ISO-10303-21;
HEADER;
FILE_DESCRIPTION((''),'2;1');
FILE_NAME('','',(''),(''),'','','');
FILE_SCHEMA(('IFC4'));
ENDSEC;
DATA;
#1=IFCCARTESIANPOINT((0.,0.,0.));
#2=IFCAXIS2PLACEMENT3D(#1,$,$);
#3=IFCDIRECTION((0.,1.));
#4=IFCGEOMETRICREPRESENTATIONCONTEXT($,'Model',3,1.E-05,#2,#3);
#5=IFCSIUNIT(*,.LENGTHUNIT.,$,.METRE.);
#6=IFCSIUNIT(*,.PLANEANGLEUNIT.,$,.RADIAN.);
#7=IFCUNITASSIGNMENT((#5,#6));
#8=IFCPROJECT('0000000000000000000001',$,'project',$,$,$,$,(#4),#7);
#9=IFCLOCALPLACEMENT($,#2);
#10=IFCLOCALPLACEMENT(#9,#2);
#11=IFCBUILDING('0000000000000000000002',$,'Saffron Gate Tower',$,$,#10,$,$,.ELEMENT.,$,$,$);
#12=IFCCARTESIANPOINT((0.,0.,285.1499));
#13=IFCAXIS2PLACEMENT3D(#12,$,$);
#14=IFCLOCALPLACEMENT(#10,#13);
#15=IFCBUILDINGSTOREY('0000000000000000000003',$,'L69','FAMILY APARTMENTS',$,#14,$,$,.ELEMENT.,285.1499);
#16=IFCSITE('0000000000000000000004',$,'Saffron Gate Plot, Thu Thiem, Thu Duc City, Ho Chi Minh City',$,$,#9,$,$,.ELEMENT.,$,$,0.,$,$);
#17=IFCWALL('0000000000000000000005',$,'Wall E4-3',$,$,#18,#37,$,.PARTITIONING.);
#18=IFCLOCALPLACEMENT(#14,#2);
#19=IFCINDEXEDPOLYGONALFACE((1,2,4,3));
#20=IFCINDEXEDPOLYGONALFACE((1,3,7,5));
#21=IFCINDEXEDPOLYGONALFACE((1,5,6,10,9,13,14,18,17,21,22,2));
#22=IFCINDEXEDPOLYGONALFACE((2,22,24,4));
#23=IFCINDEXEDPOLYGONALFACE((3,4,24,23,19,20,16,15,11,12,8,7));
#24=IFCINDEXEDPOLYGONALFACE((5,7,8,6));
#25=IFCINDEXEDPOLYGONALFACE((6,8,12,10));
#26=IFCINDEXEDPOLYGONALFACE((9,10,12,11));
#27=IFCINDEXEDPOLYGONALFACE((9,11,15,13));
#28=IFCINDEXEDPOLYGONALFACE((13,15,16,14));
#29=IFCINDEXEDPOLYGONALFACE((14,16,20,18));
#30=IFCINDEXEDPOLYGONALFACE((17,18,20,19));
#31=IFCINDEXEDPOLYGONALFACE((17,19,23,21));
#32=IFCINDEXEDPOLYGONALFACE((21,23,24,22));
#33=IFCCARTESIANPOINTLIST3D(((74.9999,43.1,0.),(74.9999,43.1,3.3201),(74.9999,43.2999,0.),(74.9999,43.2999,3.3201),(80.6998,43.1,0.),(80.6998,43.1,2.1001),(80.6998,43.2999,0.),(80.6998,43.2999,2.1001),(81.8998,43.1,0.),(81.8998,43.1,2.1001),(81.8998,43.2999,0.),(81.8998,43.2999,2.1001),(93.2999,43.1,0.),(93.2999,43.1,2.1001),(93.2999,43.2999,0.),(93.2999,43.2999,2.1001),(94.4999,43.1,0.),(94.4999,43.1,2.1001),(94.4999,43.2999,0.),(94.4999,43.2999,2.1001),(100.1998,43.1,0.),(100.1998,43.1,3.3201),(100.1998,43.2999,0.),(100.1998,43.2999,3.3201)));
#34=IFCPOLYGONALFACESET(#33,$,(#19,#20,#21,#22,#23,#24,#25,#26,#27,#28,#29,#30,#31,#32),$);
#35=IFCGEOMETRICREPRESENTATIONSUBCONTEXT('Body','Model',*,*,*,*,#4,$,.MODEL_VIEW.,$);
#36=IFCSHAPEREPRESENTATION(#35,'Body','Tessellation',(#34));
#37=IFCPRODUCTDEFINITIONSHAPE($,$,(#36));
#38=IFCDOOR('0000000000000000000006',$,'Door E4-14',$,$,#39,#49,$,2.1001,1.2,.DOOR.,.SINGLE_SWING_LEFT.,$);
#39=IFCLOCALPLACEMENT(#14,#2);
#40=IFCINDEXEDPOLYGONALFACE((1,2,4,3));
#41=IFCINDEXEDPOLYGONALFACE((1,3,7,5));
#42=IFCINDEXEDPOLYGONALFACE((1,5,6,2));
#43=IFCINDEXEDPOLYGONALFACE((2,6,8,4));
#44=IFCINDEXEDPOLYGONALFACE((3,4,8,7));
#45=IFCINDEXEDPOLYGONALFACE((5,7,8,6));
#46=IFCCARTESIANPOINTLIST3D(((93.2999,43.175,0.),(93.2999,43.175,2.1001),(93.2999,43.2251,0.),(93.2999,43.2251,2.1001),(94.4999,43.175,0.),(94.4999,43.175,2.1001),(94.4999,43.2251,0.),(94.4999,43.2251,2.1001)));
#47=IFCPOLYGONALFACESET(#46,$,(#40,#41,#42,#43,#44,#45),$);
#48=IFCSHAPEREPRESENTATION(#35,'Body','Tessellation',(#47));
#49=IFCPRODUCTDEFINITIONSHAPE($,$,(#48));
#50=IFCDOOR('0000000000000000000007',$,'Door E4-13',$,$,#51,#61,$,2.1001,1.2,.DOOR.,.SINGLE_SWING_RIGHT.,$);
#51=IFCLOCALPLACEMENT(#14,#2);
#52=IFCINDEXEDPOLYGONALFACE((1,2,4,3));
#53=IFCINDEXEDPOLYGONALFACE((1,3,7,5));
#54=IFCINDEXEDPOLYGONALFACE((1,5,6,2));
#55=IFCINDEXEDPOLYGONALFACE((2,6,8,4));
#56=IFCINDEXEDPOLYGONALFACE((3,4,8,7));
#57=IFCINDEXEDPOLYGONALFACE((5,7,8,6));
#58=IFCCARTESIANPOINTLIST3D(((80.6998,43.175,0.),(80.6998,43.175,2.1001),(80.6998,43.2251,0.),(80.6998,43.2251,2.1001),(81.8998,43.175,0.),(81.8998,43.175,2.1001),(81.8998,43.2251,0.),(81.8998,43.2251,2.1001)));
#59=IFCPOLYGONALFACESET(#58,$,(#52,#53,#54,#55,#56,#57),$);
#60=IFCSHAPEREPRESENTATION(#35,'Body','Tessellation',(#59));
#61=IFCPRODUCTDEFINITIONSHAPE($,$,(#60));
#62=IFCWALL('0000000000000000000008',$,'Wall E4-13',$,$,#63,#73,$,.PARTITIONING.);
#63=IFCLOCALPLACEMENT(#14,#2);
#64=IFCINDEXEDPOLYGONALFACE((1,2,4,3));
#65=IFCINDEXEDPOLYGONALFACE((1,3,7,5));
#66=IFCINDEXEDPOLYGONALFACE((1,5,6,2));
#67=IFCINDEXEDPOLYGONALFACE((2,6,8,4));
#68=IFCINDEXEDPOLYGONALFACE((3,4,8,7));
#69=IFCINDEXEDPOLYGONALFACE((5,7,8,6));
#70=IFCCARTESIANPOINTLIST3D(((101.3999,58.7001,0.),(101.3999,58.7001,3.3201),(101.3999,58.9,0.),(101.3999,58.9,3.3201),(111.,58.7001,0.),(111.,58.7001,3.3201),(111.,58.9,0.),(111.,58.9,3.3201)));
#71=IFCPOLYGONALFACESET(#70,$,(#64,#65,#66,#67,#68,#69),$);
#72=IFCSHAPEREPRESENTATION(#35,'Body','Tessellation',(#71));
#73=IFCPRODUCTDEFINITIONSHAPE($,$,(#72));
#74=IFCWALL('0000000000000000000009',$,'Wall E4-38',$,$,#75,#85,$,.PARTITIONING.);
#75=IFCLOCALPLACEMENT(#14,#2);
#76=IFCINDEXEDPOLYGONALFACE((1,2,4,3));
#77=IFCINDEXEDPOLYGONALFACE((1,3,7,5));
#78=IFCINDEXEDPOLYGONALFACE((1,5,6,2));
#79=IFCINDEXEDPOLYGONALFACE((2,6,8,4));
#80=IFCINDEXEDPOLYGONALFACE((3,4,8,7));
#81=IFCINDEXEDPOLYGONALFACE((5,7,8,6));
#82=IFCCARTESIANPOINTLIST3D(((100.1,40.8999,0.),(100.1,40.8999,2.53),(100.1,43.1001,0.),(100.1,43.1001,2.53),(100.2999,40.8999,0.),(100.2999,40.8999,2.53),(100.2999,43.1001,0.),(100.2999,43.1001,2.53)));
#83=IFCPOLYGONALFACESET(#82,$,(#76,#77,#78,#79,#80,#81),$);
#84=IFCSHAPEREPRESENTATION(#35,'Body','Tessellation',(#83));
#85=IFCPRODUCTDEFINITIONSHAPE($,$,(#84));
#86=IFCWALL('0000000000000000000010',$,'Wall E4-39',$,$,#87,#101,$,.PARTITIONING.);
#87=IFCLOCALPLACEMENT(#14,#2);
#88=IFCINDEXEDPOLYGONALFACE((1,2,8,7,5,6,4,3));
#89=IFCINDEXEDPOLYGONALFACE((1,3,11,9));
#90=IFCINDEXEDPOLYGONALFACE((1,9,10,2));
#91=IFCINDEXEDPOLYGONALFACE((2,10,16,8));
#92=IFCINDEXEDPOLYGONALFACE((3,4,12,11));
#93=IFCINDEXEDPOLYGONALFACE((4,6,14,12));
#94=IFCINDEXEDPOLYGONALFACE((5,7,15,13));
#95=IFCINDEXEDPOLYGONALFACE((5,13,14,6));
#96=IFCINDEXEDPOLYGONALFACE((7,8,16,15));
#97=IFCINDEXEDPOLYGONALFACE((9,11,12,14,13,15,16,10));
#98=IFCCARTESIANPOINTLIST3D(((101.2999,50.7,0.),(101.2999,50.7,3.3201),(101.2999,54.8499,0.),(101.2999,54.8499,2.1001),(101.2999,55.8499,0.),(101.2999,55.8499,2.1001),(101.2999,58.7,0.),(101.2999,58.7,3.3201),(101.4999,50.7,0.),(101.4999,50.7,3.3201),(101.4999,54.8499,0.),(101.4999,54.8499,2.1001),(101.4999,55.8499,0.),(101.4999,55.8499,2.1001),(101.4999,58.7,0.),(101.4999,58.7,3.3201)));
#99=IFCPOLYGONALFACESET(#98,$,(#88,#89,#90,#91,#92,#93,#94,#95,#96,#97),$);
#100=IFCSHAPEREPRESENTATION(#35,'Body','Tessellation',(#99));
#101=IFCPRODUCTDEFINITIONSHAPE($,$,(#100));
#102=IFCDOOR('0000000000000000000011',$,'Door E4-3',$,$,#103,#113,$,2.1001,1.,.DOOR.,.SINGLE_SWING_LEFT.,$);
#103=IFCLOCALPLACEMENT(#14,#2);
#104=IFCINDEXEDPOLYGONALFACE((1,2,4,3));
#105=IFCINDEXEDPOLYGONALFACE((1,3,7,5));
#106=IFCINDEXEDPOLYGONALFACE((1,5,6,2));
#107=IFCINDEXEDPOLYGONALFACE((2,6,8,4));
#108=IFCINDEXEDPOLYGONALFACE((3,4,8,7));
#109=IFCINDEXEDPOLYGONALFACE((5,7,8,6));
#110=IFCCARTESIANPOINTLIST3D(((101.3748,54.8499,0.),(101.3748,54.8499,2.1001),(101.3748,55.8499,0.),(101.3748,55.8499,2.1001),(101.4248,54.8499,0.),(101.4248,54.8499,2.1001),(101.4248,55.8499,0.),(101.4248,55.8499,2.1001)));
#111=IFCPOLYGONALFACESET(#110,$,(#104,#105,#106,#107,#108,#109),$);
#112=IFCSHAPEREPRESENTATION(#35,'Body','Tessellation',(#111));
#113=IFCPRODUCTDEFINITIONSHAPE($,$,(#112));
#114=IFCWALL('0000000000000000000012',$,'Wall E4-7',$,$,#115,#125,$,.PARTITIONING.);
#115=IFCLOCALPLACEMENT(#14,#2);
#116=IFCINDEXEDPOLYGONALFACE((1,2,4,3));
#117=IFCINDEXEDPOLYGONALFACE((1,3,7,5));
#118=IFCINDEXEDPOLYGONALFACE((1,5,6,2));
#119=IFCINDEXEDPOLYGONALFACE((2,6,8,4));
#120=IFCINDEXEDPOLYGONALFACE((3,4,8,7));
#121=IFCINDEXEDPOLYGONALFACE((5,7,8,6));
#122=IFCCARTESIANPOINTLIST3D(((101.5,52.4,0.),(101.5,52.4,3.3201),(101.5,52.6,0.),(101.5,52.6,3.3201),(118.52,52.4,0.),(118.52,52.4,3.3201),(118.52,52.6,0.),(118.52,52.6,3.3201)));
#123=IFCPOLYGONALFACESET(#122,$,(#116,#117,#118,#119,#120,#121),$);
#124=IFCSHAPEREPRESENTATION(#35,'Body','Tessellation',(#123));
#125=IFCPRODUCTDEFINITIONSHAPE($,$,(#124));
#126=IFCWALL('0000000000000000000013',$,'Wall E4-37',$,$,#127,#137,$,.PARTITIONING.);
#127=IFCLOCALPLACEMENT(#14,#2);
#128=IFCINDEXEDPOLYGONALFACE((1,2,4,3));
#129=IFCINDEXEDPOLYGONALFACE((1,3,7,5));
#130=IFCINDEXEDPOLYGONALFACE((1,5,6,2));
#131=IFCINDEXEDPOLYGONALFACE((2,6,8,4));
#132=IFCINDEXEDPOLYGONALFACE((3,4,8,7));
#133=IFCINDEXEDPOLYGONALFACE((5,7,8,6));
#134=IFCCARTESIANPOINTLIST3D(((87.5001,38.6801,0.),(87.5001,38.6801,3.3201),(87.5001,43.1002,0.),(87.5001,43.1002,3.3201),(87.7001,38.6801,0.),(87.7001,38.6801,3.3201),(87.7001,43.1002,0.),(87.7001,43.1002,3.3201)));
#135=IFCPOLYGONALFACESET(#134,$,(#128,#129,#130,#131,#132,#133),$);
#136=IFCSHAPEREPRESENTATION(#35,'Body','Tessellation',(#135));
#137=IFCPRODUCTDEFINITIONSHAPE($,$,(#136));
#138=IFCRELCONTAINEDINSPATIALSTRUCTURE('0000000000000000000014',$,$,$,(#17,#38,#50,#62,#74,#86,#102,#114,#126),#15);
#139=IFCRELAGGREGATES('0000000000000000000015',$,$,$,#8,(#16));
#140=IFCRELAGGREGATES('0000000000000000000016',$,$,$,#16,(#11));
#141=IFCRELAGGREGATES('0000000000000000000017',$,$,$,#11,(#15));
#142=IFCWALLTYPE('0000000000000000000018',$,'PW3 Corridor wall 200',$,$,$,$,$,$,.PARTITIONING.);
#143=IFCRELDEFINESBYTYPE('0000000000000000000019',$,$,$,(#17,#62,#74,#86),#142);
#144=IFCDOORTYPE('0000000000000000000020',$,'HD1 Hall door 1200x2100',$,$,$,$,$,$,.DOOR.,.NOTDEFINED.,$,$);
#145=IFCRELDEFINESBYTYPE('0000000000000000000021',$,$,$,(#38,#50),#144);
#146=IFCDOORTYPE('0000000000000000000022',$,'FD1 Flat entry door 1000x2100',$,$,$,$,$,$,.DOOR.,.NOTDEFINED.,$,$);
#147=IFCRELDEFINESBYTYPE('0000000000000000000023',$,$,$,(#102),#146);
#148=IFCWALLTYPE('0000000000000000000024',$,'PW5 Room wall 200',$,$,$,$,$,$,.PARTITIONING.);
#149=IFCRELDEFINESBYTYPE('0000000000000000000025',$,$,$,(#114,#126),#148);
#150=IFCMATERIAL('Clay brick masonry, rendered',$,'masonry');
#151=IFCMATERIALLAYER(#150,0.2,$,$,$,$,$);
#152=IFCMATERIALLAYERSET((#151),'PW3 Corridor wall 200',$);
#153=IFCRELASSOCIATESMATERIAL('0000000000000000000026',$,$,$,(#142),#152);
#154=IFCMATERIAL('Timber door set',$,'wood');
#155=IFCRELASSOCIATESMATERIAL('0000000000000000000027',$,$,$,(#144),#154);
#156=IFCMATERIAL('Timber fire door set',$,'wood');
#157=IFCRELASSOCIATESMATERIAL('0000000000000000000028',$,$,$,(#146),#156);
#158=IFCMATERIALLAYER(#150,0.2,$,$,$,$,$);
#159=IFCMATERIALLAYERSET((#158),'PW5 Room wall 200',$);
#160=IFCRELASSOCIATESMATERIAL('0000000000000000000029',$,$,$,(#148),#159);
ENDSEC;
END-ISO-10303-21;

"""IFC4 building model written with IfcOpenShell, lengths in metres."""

from ifc_helpers import new_model, si_unit, direction, frame, frame_2d, origin, place, context, subcontext, project, spatial, rectangle, extrude, material, layer, layer_set, type_object, element, fill, save


model = new_model("IFC4")

# Units and contexts
model_context = context("Model", 3, precision=1e-05, world=origin(), true_north=direction((0.0, 1.0)))
body_context = subcontext(model_context, "Body", "Model", "MODEL_VIEW")
ifc_project = project(units=[si_unit("LENGTHUNIT", "METRE"), si_unit("PLANEANGLEUNIT", "RADIAN")], contexts=[model_context])

# Site, building, storey
site_placement = place(None, origin())
site = spatial("IfcSite", under=ifc_project, at=site_placement, Name="Saffron Gate Plot, Thu Thiem, Thu Duc City, Ho Chi Minh City", CompositionType="ELEMENT", RefElevation=0.0)
building_placement = place(site_placement, origin())
building = spatial("IfcBuilding", under=site, at=building_placement, Name="Saffron Gate Tower", CompositionType="ELEMENT")
storey_placement = place(building_placement, frame((0.0, 0.0, 285.1499)))
storey = spatial("IfcBuildingStorey", under=building, at=storey_placement, Name="L69", Description="FAMILY APARTMENTS", CompositionType="ELEMENT", Elevation=285.1499)

# Wall, openings, doors
ifc_material_1 = material(Name="Clay brick masonry, rendered", Category="masonry")
ifc_layer_1 = layer(ifc_material_1, 0.2)
ifc_layer_set_1 = layer_set([ifc_layer_1], Name="PW3 Corridor wall 200")
wall_type_1 = type_object("IfcWallType", Name="PW3 Corridor wall 200", PredefinedType="PARTITIONING", material=ifc_layer_set_1)
wall_1_placement = place(storey_placement, frame((100.2, 43.2, 0.0), z_axis=(0.0, 0.0, 1.0), x_axis=(-1.0, 0.0, 0.0)))
wall_1 = element("IfcWall", 1, at=wall_1_placement, inside=storey, type_object=wall_type_1, Name="Wall E4-3", PredefinedType="PARTITIONING", context=body_context, shape_type="SweptSolid", body=[
    extrude(rectangle(XDim=25.2, YDim=0.2, at=frame_2d((12.6001, 0.0))), origin(), (0.0, 0.0, 1.0), 3.3201),
])
opening_1_placement = place(wall_1_placement, frame((5.7, 0.0, 0.0)))
opening_1 = element("IfcOpeningElement", 2, at=opening_1_placement, cuts=wall_1, PredefinedType="OPENING", context=body_context, shape_type="SweptSolid", body=[
    extrude(rectangle(XDim=1.2, YDim=2.1001, at=frame_2d((0.6001, 1.05))), frame((0.0, 0.1099, 0.0), z_axis=(0.0, -1.0, 0.0), x_axis=(1.0, 0.0, 0.0)), (0.0, 0.0, 1.0), 0.22),
])
opening_2_placement = place(wall_1_placement, frame((18.3, 0.0, 0.0)))
opening_2 = element("IfcOpeningElement", 3, at=opening_2_placement, cuts=wall_1, PredefinedType="OPENING", context=body_context, shape_type="SweptSolid", body=[
    extrude(rectangle(XDim=1.2, YDim=2.1001, at=frame_2d((0.6001, 1.05))), frame((0.0, 0.1099, 0.0), z_axis=(0.0, -1.0, 0.0), x_axis=(1.0, 0.0, 0.0)), (0.0, 0.0, 1.0), 0.22),
])
ifc_material_2 = material(Name="Timber door set", Category="wood")
door_type_1 = type_object("IfcDoorType", Name="HD1 Hall door 1200x2100", OperationType="NOTDEFINED", PredefinedType="DOOR", material=ifc_material_2)
door_1_placement = place(opening_1_placement, origin())
door_1 = element("IfcDoor", 4, at=door_1_placement, inside=storey, type_object=door_type_1, Name="Door E4-14", OperationType="SINGLE_SWING_LEFT", OverallHeight=2.1001, OverallWidth=1.2, PredefinedType="DOOR", context=body_context, shape_type="SweptSolid", body=[
    extrude(rectangle(XDim=1.2, YDim=2.1001, at=frame_2d((0.6001, 1.05))), frame((0.0, 0.0249, 0.0), z_axis=(0.0, -1.0, 0.0), x_axis=(1.0, 0.0, 0.0)), (0.0, 0.0, 1.0), 0.05),
])
fill(opening_1, door_1)
door_2_placement = place(opening_2_placement, origin())
door_2 = element("IfcDoor", 5, at=door_2_placement, inside=storey, type_object=door_type_1, Name="Door E4-13", OperationType="SINGLE_SWING_RIGHT", OverallHeight=2.1001, OverallWidth=1.2, PredefinedType="DOOR", context=body_context, shape_type="SweptSolid", body=[
    extrude(rectangle(XDim=1.2, YDim=2.1001, at=frame_2d((0.6001, 1.05))), frame((0.0, 0.0249, 0.0), z_axis=(0.0, -1.0, 0.0), x_axis=(1.0, 0.0, 0.0)), (0.0, 0.0, 1.0), 0.05),
])
fill(opening_2, door_2)

# Walls
wall_2_placement = place(storey_placement, frame((101.3999, 58.8, 0.0), z_axis=(0.0, 0.0, 1.0), x_axis=(1.0, 0.0, 0.0)))
element("IfcWall", 6, at=wall_2_placement, inside=storey, type_object=wall_type_1, Name="Wall E4-13", PredefinedType="PARTITIONING", context=body_context, shape_type="SweptSolid", body=[
    extrude(rectangle(XDim=9.6001, YDim=0.2, at=frame_2d((4.8, 0.0))), origin(), (0.0, 0.0, 1.0), 3.3201),
])
wall_3_placement = place(storey_placement, frame((100.2, 43.1001, 0.0), z_axis=(0.0, 0.0, 1.0), x_axis=(0.0, -1.0, 0.0)))
element("IfcWall", 7, at=wall_3_placement, inside=storey, type_object=wall_type_1, Name="Wall E4-38", PredefinedType="PARTITIONING", context=body_context, shape_type="SweptSolid", body=[
    extrude(rectangle(XDim=2.2002, YDim=0.2, at=frame_2d((1.1001, 0.0))), origin(), (0.0, 0.0, 1.0), 2.53),
])

# Wall, opening, door
wall_4_placement = place(storey_placement, frame((101.3999, 58.7, 0.0), z_axis=(0.0, 0.0, 1.0), x_axis=(0.0, -1.0, 0.0)))
wall_4 = element("IfcWall", 8, at=wall_4_placement, inside=storey, type_object=wall_type_1, Name="Wall E4-39", PredefinedType="PARTITIONING", context=body_context, shape_type="SweptSolid", body=[
    extrude(rectangle(XDim=8.0, YDim=0.2, at=frame_2d((4.0, 0.0))), origin(), (0.0, 0.0, 1.0), 3.3201),
])
opening_3_placement = place(wall_4_placement, frame((2.8501, 0.0, 0.0)))
opening_3 = element("IfcOpeningElement", 9, at=opening_3_placement, cuts=wall_4, PredefinedType="OPENING", context=body_context, shape_type="SweptSolid", body=[
    extrude(rectangle(XDim=1.0, YDim=2.1001, at=frame_2d((0.5, 1.05))), frame((0.0, 0.1099, 0.0), z_axis=(0.0, -1.0, 0.0), x_axis=(1.0, 0.0, 0.0)), (0.0, 0.0, 1.0), 0.22),
])
ifc_material_3 = material(Name="Timber fire door set", Category="wood")
door_type_2 = type_object("IfcDoorType", Name="FD1 Flat entry door 1000x2100", OperationType="NOTDEFINED", PredefinedType="DOOR", material=ifc_material_3)
door_3_placement = place(opening_3_placement, origin())
door_3 = element("IfcDoor", 10, at=door_3_placement, inside=storey, type_object=door_type_2, Name="Door E4-3", OperationType="SINGLE_SWING_LEFT", OverallHeight=2.1001, OverallWidth=1.0, PredefinedType="DOOR", context=body_context, shape_type="SweptSolid", body=[
    extrude(rectangle(XDim=1.0, YDim=2.1001, at=frame_2d((0.5, 1.05))), frame((0.0, 0.0249, 0.0), z_axis=(0.0, -1.0, 0.0), x_axis=(1.0, 0.0, 0.0)), (0.0, 0.0, 1.0), 0.05),
])
fill(opening_3, door_3)

# Walls
ifc_layer_2 = layer(ifc_material_1, 0.2)
ifc_layer_set_2 = layer_set([ifc_layer_2], Name="PW5 Room wall 200")
wall_type_2 = type_object("IfcWallType", Name="PW5 Room wall 200", PredefinedType="PARTITIONING", material=ifc_layer_set_2)
wall_5_placement = place(storey_placement, frame((101.5, 52.5, 0.0), z_axis=(0.0, 0.0, 1.0), x_axis=(1.0, 0.0, 0.0)))
element("IfcWall", 11, at=wall_5_placement, inside=storey, type_object=wall_type_2, Name="Wall E4-7", PredefinedType="PARTITIONING", context=body_context, shape_type="SweptSolid", body=[
    extrude(rectangle(XDim=17.02, YDim=0.2, at=frame_2d((8.51, 0.0))), origin(), (0.0, 0.0, 1.0), 3.3201),
])
wall_6_placement = place(storey_placement, frame((87.6001, 43.1001, 0.0), z_axis=(0.0, 0.0, 1.0), x_axis=(0.0, -1.0, 0.0)))
element("IfcWall", 12, at=wall_6_placement, inside=storey, type_object=wall_type_2, Name="Wall E4-37", PredefinedType="PARTITIONING", context=body_context, shape_type="SweptSolid", body=[
    extrude(rectangle(XDim=4.4202, YDim=0.2, at=frame_2d((2.21, 0.0))), origin(), (0.0, 0.0, 1.0), 3.3201),
])

save(model, "model.ifc")
